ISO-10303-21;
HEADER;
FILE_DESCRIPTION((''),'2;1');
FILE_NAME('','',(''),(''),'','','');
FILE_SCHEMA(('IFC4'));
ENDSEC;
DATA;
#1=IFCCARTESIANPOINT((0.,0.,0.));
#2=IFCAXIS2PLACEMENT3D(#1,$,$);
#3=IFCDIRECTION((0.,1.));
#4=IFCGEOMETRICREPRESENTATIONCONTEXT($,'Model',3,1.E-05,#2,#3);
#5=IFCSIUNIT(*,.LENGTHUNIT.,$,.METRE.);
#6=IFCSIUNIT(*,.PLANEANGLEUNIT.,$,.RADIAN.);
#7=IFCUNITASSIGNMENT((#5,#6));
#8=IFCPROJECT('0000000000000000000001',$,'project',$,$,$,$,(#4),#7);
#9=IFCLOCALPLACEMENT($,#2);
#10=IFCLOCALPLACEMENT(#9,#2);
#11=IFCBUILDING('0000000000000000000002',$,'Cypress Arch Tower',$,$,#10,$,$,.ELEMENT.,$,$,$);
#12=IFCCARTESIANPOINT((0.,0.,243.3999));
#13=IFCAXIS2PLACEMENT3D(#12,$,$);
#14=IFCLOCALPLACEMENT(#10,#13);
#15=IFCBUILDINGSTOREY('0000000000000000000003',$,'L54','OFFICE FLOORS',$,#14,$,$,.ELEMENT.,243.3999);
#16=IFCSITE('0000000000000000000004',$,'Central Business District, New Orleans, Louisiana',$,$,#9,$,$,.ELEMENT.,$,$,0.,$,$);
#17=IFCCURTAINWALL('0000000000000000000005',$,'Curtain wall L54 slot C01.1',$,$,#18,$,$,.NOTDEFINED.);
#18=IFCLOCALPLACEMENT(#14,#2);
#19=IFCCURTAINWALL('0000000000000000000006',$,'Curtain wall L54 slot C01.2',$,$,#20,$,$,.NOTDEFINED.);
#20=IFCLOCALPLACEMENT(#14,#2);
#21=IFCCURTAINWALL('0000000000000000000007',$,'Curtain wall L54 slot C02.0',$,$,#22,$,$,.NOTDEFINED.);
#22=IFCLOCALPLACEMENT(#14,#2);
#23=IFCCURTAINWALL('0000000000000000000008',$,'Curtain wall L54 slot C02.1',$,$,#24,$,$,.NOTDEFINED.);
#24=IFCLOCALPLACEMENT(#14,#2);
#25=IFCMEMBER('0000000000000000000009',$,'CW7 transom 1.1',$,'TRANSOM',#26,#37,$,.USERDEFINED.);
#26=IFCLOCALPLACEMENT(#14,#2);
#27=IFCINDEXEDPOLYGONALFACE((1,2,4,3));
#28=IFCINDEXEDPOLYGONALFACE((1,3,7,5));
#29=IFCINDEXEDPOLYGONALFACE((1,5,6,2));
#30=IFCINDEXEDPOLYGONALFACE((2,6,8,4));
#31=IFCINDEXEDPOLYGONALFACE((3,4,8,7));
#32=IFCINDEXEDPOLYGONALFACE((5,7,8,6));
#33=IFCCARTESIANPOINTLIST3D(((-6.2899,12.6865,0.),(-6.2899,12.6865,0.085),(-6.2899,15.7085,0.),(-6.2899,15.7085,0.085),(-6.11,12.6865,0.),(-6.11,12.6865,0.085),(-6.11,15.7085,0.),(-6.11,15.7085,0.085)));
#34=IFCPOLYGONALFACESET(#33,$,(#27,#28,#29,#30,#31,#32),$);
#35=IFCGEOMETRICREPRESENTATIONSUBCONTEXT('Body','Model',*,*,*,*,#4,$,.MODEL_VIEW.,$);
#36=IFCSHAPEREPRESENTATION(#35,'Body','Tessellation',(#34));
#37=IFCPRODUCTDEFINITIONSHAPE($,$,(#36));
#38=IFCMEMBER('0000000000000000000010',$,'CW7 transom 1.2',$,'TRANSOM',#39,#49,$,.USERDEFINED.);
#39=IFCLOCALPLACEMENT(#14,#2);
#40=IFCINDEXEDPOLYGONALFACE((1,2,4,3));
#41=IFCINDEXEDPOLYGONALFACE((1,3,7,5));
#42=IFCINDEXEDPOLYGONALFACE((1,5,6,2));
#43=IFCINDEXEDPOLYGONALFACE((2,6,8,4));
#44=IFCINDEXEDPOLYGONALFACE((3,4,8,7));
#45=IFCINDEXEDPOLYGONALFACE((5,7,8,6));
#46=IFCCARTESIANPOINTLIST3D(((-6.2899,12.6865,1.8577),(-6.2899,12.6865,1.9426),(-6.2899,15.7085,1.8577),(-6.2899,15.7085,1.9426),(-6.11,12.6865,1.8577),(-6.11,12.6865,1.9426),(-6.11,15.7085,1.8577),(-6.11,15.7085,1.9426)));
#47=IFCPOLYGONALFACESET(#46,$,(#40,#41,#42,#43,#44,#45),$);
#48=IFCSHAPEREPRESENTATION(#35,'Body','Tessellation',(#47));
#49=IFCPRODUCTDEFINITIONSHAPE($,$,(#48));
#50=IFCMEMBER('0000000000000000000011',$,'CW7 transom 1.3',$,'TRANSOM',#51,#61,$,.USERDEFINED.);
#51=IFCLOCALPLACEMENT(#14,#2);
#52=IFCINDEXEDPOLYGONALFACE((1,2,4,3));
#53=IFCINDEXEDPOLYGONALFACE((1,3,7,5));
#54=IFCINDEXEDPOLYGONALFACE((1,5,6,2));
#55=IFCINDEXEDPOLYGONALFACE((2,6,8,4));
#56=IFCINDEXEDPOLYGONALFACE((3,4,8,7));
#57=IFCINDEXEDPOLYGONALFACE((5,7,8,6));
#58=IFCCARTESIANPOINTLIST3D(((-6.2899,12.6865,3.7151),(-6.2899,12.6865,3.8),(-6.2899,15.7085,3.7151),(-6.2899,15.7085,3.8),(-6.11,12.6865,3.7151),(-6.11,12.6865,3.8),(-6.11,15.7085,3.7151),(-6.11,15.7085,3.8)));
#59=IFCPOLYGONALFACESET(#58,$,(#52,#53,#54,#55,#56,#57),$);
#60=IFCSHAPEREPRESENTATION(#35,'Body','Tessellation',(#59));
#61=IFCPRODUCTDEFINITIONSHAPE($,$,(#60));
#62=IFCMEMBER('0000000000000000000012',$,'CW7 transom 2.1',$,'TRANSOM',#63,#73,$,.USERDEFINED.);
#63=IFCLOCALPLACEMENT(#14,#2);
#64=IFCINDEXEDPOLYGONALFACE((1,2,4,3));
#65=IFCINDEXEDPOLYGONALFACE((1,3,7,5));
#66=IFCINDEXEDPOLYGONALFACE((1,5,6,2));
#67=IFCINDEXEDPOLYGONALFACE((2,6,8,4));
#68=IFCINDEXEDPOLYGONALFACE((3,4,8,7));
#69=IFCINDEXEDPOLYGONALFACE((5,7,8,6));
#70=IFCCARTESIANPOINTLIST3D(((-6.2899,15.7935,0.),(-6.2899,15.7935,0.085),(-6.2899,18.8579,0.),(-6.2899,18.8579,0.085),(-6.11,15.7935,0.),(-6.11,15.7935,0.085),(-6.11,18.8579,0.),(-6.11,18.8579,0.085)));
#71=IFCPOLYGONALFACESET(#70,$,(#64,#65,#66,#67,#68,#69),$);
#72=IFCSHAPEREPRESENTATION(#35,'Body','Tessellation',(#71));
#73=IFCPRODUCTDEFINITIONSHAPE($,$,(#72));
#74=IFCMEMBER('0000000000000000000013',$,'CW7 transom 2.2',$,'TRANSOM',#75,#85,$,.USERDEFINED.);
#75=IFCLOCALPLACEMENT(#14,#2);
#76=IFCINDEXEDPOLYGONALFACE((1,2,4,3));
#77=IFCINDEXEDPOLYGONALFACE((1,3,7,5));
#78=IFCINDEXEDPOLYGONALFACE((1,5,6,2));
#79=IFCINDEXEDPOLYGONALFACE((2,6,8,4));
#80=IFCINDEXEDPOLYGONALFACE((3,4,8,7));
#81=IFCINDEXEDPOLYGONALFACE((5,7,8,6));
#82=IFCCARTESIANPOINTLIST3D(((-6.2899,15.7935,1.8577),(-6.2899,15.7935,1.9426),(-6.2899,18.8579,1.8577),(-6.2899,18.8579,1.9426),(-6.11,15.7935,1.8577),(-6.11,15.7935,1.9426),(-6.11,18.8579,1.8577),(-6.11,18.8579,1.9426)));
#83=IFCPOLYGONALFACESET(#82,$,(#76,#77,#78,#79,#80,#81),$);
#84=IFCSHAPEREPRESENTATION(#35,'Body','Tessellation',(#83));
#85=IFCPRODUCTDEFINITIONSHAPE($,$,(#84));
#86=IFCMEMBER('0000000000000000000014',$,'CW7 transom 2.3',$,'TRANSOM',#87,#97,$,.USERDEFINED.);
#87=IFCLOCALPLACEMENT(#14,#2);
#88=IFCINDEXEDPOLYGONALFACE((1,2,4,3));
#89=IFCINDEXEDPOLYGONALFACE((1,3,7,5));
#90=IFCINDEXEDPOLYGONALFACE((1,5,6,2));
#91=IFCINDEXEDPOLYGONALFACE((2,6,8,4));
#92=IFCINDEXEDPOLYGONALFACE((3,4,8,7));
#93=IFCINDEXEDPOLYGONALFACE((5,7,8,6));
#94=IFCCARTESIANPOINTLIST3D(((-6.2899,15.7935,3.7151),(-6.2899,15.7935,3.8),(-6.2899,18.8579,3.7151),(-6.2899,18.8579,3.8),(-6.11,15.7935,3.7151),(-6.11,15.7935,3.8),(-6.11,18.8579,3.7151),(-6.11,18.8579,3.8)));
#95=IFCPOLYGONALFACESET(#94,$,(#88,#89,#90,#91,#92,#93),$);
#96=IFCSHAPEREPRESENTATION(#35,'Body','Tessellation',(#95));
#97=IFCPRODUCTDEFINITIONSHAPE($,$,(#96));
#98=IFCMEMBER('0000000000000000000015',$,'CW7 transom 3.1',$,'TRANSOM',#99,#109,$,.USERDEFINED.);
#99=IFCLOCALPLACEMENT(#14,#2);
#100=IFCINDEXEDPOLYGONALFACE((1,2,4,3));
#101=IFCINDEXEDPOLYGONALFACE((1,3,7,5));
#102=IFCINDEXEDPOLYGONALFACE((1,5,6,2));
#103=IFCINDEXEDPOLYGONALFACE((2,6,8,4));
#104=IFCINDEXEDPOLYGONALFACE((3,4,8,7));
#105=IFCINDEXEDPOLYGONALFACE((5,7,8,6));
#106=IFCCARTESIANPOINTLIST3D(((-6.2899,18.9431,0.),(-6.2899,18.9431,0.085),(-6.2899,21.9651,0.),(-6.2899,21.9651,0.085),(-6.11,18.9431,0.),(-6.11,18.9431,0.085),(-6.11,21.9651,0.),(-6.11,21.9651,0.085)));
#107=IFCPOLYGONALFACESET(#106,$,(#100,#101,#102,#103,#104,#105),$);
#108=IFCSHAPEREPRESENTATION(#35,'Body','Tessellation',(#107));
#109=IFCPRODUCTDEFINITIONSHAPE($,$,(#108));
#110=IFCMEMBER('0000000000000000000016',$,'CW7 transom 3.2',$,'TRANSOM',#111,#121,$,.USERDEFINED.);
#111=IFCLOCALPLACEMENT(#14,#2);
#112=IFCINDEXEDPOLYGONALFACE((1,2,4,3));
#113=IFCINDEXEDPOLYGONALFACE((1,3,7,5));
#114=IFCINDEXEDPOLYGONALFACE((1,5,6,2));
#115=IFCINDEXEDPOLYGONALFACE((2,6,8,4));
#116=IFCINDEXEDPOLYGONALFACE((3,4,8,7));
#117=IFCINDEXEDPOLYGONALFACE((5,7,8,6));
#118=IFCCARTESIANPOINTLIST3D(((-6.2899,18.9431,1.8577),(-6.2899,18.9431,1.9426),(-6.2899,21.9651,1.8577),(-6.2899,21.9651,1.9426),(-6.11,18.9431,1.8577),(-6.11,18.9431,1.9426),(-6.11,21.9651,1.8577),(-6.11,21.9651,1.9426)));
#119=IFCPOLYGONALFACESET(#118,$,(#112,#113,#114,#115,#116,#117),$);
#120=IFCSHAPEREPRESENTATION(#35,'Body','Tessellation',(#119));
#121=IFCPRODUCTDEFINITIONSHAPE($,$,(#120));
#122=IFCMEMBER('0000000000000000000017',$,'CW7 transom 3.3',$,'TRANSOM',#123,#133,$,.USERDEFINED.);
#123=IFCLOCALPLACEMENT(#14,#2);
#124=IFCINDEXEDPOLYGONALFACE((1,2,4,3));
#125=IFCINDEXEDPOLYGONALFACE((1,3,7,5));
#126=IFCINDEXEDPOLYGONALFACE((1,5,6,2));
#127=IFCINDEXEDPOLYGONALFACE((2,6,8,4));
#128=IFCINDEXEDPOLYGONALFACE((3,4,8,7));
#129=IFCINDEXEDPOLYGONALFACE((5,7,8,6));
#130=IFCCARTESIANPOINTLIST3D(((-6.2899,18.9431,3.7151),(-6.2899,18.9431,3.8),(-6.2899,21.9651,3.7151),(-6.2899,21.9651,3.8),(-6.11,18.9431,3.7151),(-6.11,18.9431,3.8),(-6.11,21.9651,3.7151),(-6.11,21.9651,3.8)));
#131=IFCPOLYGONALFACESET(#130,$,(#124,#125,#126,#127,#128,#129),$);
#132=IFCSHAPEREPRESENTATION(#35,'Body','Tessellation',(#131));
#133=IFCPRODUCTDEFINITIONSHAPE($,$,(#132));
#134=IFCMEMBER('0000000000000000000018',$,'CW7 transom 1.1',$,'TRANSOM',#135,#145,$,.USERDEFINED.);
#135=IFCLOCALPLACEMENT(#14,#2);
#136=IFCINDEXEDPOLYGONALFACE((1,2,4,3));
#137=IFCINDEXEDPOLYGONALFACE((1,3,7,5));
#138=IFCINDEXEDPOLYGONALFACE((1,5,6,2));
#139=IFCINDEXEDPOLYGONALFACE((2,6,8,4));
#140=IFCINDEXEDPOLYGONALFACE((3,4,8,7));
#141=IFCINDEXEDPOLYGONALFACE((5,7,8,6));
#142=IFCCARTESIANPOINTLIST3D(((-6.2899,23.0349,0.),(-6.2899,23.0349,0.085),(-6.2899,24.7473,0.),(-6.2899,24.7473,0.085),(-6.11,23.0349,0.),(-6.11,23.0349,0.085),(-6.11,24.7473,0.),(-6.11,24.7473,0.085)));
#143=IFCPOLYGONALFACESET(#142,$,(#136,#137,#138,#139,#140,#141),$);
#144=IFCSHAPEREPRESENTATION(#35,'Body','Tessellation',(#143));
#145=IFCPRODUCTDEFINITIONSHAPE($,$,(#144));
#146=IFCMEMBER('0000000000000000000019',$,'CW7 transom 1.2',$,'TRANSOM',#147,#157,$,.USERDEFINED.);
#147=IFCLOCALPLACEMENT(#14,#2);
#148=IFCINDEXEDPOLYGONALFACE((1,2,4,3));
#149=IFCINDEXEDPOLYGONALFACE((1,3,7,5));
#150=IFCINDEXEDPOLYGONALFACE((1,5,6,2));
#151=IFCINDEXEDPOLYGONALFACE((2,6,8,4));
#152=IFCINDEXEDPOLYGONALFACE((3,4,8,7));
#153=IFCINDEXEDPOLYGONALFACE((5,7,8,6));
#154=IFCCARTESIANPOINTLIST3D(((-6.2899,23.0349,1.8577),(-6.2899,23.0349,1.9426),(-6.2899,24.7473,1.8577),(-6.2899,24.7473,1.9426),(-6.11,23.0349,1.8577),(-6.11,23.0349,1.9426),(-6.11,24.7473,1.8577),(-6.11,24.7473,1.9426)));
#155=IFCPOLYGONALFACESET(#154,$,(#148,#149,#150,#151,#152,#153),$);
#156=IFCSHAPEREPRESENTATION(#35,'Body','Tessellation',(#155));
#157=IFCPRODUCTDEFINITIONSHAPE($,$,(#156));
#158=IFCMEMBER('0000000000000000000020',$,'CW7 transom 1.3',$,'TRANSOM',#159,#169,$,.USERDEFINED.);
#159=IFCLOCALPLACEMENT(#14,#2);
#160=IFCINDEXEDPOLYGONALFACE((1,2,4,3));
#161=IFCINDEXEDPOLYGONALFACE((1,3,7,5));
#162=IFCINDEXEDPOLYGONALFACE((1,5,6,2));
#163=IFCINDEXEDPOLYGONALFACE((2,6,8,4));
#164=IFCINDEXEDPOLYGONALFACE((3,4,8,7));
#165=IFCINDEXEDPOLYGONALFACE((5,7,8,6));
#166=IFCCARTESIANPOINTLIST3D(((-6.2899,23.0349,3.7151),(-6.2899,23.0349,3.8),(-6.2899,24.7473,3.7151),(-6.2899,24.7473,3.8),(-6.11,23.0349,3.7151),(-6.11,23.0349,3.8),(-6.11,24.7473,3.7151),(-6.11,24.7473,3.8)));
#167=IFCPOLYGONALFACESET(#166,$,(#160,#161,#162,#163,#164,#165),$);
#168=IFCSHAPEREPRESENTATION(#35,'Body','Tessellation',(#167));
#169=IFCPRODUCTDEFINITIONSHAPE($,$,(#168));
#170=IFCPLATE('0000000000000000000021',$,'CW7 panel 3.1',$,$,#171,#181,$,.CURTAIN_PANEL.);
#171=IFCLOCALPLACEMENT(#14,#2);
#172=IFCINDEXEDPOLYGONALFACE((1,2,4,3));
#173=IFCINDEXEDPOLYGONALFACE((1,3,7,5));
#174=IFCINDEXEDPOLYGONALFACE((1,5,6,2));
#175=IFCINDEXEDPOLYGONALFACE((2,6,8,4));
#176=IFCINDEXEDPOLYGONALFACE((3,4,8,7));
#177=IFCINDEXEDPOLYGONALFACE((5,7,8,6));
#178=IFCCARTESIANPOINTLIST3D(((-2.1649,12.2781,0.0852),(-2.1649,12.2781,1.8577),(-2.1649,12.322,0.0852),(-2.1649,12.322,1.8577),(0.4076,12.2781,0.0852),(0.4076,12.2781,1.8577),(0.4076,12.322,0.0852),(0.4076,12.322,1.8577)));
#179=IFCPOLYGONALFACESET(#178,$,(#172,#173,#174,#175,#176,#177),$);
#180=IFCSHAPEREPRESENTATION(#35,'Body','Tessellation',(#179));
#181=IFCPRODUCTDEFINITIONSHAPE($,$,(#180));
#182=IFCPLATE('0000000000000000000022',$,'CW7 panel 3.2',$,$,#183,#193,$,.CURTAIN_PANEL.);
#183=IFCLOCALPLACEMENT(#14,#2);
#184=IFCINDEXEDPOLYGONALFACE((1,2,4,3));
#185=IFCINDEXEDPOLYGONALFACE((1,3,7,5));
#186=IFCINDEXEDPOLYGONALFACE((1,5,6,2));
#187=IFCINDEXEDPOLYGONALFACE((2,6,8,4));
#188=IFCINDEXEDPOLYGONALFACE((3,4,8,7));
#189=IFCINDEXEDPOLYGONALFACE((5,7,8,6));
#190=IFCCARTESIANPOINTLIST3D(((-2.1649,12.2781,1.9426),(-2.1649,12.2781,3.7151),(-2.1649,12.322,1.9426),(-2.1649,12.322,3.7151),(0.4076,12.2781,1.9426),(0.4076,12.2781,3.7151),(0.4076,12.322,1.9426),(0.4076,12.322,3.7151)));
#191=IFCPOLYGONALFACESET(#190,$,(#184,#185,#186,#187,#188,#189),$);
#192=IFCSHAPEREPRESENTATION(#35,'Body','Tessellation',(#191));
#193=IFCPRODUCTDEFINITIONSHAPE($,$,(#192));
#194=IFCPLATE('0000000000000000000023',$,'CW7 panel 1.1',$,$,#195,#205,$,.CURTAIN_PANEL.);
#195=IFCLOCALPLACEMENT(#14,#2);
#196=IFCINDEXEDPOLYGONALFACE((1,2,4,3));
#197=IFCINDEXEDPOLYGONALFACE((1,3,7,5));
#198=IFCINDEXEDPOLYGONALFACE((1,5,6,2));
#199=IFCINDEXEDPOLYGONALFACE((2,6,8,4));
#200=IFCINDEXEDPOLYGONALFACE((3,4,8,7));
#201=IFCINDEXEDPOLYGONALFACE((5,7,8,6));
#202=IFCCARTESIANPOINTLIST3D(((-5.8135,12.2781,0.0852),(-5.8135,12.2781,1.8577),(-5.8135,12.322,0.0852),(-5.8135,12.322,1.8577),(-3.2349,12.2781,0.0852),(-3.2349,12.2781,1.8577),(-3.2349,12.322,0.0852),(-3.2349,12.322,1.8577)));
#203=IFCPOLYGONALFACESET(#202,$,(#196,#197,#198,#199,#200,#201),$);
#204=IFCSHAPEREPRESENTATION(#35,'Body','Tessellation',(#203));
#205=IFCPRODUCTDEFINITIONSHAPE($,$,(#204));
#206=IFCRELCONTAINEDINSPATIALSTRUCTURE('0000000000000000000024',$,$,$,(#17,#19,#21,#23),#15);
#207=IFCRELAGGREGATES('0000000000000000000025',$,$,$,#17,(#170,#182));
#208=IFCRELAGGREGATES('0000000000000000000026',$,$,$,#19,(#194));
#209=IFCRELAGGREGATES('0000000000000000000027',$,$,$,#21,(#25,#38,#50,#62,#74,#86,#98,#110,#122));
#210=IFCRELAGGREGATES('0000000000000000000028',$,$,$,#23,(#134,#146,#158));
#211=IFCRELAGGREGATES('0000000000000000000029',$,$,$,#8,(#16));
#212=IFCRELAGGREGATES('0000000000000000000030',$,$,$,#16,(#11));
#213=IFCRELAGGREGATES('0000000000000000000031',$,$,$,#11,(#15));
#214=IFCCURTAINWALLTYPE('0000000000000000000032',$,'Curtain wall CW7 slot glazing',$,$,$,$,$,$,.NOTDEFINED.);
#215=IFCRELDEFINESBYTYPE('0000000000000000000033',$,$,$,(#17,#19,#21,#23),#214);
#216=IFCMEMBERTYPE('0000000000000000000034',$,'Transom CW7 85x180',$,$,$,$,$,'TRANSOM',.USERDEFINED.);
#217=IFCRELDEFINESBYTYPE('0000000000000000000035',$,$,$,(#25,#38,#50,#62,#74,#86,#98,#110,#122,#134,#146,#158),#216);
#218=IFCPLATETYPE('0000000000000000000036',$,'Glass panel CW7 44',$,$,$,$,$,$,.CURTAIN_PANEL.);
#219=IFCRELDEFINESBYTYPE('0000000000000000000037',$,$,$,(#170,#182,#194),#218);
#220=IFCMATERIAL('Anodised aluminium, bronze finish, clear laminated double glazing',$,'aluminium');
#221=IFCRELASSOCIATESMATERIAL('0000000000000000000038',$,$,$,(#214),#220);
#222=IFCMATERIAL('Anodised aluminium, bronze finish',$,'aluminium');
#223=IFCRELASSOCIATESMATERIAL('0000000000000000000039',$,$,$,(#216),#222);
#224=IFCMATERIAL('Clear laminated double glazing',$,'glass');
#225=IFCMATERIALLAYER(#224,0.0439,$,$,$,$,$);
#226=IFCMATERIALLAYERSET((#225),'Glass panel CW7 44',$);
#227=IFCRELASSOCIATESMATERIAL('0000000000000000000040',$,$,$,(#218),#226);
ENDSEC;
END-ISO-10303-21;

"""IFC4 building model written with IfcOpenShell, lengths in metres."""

from ifc_helpers import new_model, si_unit, direction, frame, origin, origin_2d, place, context, subcontext, project, spatial, rectangle, extrude, material, layer, layer_set, material_profile, profile_set, type_object, element, aggregate, save


model = new_model("IFC4")

# Units and contexts
model_context = context("Model", 3, precision=1e-05, world=origin(), true_north=direction((0.0, 1.0)))
body_context = subcontext(model_context, "Body", "Model", "MODEL_VIEW")
ifc_project = project(units=[si_unit("LENGTHUNIT", "METRE"), si_unit("PLANEANGLEUNIT", "RADIAN")], contexts=[model_context])

# Site, building, storey
site_placement = place(None, origin())
site = spatial("IfcSite", under=ifc_project, at=site_placement, Name="Central Business District, New Orleans, Louisiana", CompositionType="ELEMENT", RefElevation=0.0)
building_placement = place(site_placement, origin())
building = spatial("IfcBuilding", under=site, at=building_placement, Name="Cypress Arch Tower", CompositionType="ELEMENT")
storey_placement = place(building_placement, frame((0.0, 0.0, 243.3999)))
storey = spatial("IfcBuildingStorey", under=building, at=storey_placement, Name="L54", Description="OFFICE FLOORS", CompositionType="ELEMENT", Elevation=243.3999)

# Curtain wall
ifc_material_1 = material(Name="Anodised aluminium, bronze finish, clear laminated double glazing", Category="aluminium")
curtain_wall_type = type_object("IfcCurtainWallType", Name="Curtain wall CW7 slot glazing", PredefinedType="NOTDEFINED", material=ifc_material_1)
curtain_wall_1_placement = place(storey_placement, origin())
curtain_wall_1 = element("IfcCurtainWall", 1, at=curtain_wall_1_placement, inside=storey, type_object=curtain_wall_type, Name="Curtain wall L54 slot C01.1", PredefinedType="NOTDEFINED")

# Curtain walls
curtain_wall_2_placement = place(storey_placement, origin())
curtain_wall_2 = element("IfcCurtainWall", 2, at=curtain_wall_2_placement, inside=storey, type_object=curtain_wall_type, Name="Curtain wall L54 slot C01.2", PredefinedType="NOTDEFINED")
curtain_wall_3_placement = place(storey_placement, origin())
curtain_wall_3 = element("IfcCurtainWall", 3, at=curtain_wall_3_placement, inside=storey, type_object=curtain_wall_type, Name="Curtain wall L54 slot C02.0", PredefinedType="NOTDEFINED")
curtain_wall_4_placement = place(storey_placement, origin())
curtain_wall_4 = element("IfcCurtainWall", 4, at=curtain_wall_4_placement, inside=storey, type_object=curtain_wall_type, Name="Curtain wall L54 slot C02.1", PredefinedType="NOTDEFINED")

# Members
ifc_material_2 = material(Name="Anodised aluminium, bronze finish", Category="aluminium")
ifc_material_profile_1 = material_profile(ifc_material_2, rectangle(XDim=0.1799, YDim=0.085, at=origin_2d()), Name="Transom 85x180")
ifc_profile_set_1 = profile_set([ifc_material_profile_1], Name="Anodised aluminium, bronze finish")
member_type_1 = type_object("IfcMemberType", Name="Transom CW7 85x180", ElementType="TRANSOM", PredefinedType="USERDEFINED", material=ifc_profile_set_1)
member_1_placement = place(storey_placement, frame((-6.2, 12.6865, 0.0425), z_axis=(0.0, 1.0, 0.0), x_axis=(-1.0, 0.0, 0.0)))
member_1 = element("IfcMember", 5, at=member_1_placement, type_object=member_type_1, Name="CW7 transom 1.1", ObjectType="TRANSOM", PredefinedType="USERDEFINED", context=body_context, shape_type="SweptSolid", body=[
    extrude(rectangle(XDim=0.1799, YDim=0.085, at=origin_2d()), origin(), (0.0, 0.0, 1.0), 3.022),
])
member_2_placement = place(storey_placement, frame((-6.2, 12.6865, 1.9001), z_axis=(0.0, 1.0, 0.0), x_axis=(-1.0, 0.0, 0.0)))
member_2 = element("IfcMember", 6, at=member_2_placement, type_object=member_type_1, Name="CW7 transom 1.2", ObjectType="TRANSOM", PredefinedType="USERDEFINED", context=body_context, shape_type="SweptSolid", body=[
    extrude(rectangle(XDim=0.1799, YDim=0.085, at=origin_2d()), origin(), (0.0, 0.0, 1.0), 3.022),
])
member_3_placement = place(storey_placement, frame((-6.2, 12.6865, 3.7576), z_axis=(0.0, 1.0, 0.0), x_axis=(-1.0, 0.0, 0.0)))
member_3 = element("IfcMember", 7, at=member_3_placement, type_object=member_type_1, Name="CW7 transom 1.3", ObjectType="TRANSOM", PredefinedType="USERDEFINED", context=body_context, shape_type="SweptSolid", body=[
    extrude(rectangle(XDim=0.1799, YDim=0.085, at=origin_2d()), origin(), (0.0, 0.0, 1.0), 3.022),
])
member_4_placement = place(storey_placement, frame((-6.2, 15.7935, 0.0425), z_axis=(0.0, 1.0, 0.0), x_axis=(-1.0, 0.0, 0.0)))
member_4 = element("IfcMember", 8, at=member_4_placement, type_object=member_type_1, Name="CW7 transom 2.1", ObjectType="TRANSOM", PredefinedType="USERDEFINED", context=body_context, shape_type="SweptSolid", body=[
    extrude(rectangle(XDim=0.1799, YDim=0.085, at=origin_2d()), origin(), (0.0, 0.0, 1.0), 3.0645),
])
member_5_placement = place(storey_placement, frame((-6.2, 15.7935, 1.9001), z_axis=(0.0, 1.0, 0.0), x_axis=(-1.0, 0.0, 0.0)))
member_5 = element("IfcMember", 9, at=member_5_placement, type_object=member_type_1, Name="CW7 transom 2.2", ObjectType="TRANSOM", PredefinedType="USERDEFINED", context=body_context, shape_type="SweptSolid", body=[
    extrude(rectangle(XDim=0.1799, YDim=0.085, at=origin_2d()), origin(), (0.0, 0.0, 1.0), 3.0645),
])
member_6_placement = place(storey_placement, frame((-6.2, 15.7935, 3.7576), z_axis=(0.0, 1.0, 0.0), x_axis=(-1.0, 0.0, 0.0)))
member_6 = element("IfcMember", 10, at=member_6_placement, type_object=member_type_1, Name="CW7 transom 2.3", ObjectType="TRANSOM", PredefinedType="USERDEFINED", context=body_context, shape_type="SweptSolid", body=[
    extrude(rectangle(XDim=0.1799, YDim=0.085, at=origin_2d()), origin(), (0.0, 0.0, 1.0), 3.0645),
])
member_7_placement = place(storey_placement, frame((-6.2, 18.9431, 0.0425), z_axis=(0.0, 1.0, 0.0), x_axis=(-1.0, 0.0, 0.0)))
member_7 = element("IfcMember", 11, at=member_7_placement, type_object=member_type_1, Name="CW7 transom 3.1", ObjectType="TRANSOM", PredefinedType="USERDEFINED", context=body_context, shape_type="SweptSolid", body=[
    extrude(rectangle(XDim=0.1799, YDim=0.085, at=origin_2d()), origin(), (0.0, 0.0, 1.0), 3.022),
])
member_8_placement = place(storey_placement, frame((-6.2, 18.9431, 1.9001), z_axis=(0.0, 1.0, 0.0), x_axis=(-1.0, 0.0, 0.0)))
member_8 = element("IfcMember", 12, at=member_8_placement, type_object=member_type_1, Name="CW7 transom 3.2", ObjectType="TRANSOM", PredefinedType="USERDEFINED", context=body_context, shape_type="SweptSolid", body=[
    extrude(rectangle(XDim=0.1799, YDim=0.085, at=origin_2d()), origin(), (0.0, 0.0, 1.0), 3.022),
])
member_9_placement = place(storey_placement, frame((-6.2, 18.9431, 3.7576), z_axis=(0.0, 1.0, 0.0), x_axis=(-1.0, 0.0, 0.0)))
member_9 = element("IfcMember", 13, at=member_9_placement, type_object=member_type_1, Name="CW7 transom 3.3", ObjectType="TRANSOM", PredefinedType="USERDEFINED", context=body_context, shape_type="SweptSolid", body=[
    extrude(rectangle(XDim=0.1799, YDim=0.085, at=origin_2d()), origin(), (0.0, 0.0, 1.0), 3.022),
])
member_10_placement = place(storey_placement, frame((-6.2, 23.0349, 0.0425), z_axis=(0.0, 1.0, 0.0), x_axis=(-1.0, 0.0, 0.0)))
member_10 = element("IfcMember", 14, at=member_10_placement, type_object=member_type_1, Name="CW7 transom 1.1", ObjectType="TRANSOM", PredefinedType="USERDEFINED", context=body_context, shape_type="SweptSolid", body=[
    extrude(rectangle(XDim=0.1799, YDim=0.085, at=origin_2d()), origin(), (0.0, 0.0, 1.0), 1.7124),
])
member_11_placement = place(storey_placement, frame((-6.2, 23.0349, 1.9001), z_axis=(0.0, 1.0, 0.0), x_axis=(-1.0, 0.0, 0.0)))
member_11 = element("IfcMember", 15, at=member_11_placement, type_object=member_type_1, Name="CW7 transom 1.2", ObjectType="TRANSOM", PredefinedType="USERDEFINED", context=body_context, shape_type="SweptSolid", body=[
    extrude(rectangle(XDim=0.1799, YDim=0.085, at=origin_2d()), origin(), (0.0, 0.0, 1.0), 1.7124),
])
member_12_placement = place(storey_placement, frame((-6.2, 23.0349, 3.7576), z_axis=(0.0, 1.0, 0.0), x_axis=(-1.0, 0.0, 0.0)))
member_12 = element("IfcMember", 16, at=member_12_placement, type_object=member_type_1, Name="CW7 transom 1.3", ObjectType="TRANSOM", PredefinedType="USERDEFINED", context=body_context, shape_type="SweptSolid", body=[
    extrude(rectangle(XDim=0.1799, YDim=0.085, at=origin_2d()), origin(), (0.0, 0.0, 1.0), 1.7124),
])

# Plates
ifc_material_3 = material(Name="Clear laminated double glazing", Category="glass")
ifc_layer = layer(ifc_material_3, 0.0439)
ifc_layer_set = layer_set([ifc_layer], Name="Glass panel CW7 44")
plate_type = type_object("IfcPlateType", Name="Glass panel CW7 44", PredefinedType="CURTAIN_PANEL", material=ifc_layer_set)
plate_1_placement = place(storey_placement, frame((-0.8787, 12.3, 0.0852), z_axis=(0.0, 0.0, 1.0), x_axis=(-1.0, 0.0, 0.0)))
plate_1 = element("IfcPlate", 17, at=plate_1_placement, type_object=plate_type, Name="CW7 panel 3.1", PredefinedType="CURTAIN_PANEL", context=body_context, shape_type="SweptSolid", body=[
    extrude(rectangle(XDim=2.5725, YDim=0.0439, at=origin_2d()), origin(), (0.0, 0.0, 1.0), 1.7725),
])
plate_2_placement = place(storey_placement, frame((-0.8787, 12.3, 1.9426), z_axis=(0.0, 0.0, 1.0), x_axis=(-1.0, 0.0, 0.0)))
plate_2 = element("IfcPlate", 18, at=plate_2_placement, type_object=plate_type, Name="CW7 panel 3.2", PredefinedType="CURTAIN_PANEL", context=body_context, shape_type="SweptSolid", body=[
    extrude(rectangle(XDim=2.5725, YDim=0.0439, at=origin_2d()), origin(), (0.0, 0.0, 1.0), 1.7725),
])
aggregate(curtain_wall_1, [plate_1, plate_2])
plate_3_placement = place(storey_placement, frame((-4.5242, 12.3, 0.0852), z_axis=(0.0, 0.0, 1.0), x_axis=(-1.0, 0.0, 0.0)))
plate_3 = element("IfcPlate", 19, at=plate_3_placement, type_object=plate_type, Name="CW7 panel 1.1", PredefinedType="CURTAIN_PANEL", context=body_context, shape_type="SweptSolid", body=[
    extrude(rectangle(XDim=2.5786, YDim=0.0439, at=origin_2d()), origin(), (0.0, 0.0, 1.0), 1.7725),
])
aggregate(curtain_wall_2, [plate_3])
aggregate(curtain_wall_3, [member_1, member_2, member_3, member_4, member_5, member_6, member_7, member_8, member_9])
aggregate(curtain_wall_4, [member_10, member_11, member_12])

save(model, "model.ifc")
